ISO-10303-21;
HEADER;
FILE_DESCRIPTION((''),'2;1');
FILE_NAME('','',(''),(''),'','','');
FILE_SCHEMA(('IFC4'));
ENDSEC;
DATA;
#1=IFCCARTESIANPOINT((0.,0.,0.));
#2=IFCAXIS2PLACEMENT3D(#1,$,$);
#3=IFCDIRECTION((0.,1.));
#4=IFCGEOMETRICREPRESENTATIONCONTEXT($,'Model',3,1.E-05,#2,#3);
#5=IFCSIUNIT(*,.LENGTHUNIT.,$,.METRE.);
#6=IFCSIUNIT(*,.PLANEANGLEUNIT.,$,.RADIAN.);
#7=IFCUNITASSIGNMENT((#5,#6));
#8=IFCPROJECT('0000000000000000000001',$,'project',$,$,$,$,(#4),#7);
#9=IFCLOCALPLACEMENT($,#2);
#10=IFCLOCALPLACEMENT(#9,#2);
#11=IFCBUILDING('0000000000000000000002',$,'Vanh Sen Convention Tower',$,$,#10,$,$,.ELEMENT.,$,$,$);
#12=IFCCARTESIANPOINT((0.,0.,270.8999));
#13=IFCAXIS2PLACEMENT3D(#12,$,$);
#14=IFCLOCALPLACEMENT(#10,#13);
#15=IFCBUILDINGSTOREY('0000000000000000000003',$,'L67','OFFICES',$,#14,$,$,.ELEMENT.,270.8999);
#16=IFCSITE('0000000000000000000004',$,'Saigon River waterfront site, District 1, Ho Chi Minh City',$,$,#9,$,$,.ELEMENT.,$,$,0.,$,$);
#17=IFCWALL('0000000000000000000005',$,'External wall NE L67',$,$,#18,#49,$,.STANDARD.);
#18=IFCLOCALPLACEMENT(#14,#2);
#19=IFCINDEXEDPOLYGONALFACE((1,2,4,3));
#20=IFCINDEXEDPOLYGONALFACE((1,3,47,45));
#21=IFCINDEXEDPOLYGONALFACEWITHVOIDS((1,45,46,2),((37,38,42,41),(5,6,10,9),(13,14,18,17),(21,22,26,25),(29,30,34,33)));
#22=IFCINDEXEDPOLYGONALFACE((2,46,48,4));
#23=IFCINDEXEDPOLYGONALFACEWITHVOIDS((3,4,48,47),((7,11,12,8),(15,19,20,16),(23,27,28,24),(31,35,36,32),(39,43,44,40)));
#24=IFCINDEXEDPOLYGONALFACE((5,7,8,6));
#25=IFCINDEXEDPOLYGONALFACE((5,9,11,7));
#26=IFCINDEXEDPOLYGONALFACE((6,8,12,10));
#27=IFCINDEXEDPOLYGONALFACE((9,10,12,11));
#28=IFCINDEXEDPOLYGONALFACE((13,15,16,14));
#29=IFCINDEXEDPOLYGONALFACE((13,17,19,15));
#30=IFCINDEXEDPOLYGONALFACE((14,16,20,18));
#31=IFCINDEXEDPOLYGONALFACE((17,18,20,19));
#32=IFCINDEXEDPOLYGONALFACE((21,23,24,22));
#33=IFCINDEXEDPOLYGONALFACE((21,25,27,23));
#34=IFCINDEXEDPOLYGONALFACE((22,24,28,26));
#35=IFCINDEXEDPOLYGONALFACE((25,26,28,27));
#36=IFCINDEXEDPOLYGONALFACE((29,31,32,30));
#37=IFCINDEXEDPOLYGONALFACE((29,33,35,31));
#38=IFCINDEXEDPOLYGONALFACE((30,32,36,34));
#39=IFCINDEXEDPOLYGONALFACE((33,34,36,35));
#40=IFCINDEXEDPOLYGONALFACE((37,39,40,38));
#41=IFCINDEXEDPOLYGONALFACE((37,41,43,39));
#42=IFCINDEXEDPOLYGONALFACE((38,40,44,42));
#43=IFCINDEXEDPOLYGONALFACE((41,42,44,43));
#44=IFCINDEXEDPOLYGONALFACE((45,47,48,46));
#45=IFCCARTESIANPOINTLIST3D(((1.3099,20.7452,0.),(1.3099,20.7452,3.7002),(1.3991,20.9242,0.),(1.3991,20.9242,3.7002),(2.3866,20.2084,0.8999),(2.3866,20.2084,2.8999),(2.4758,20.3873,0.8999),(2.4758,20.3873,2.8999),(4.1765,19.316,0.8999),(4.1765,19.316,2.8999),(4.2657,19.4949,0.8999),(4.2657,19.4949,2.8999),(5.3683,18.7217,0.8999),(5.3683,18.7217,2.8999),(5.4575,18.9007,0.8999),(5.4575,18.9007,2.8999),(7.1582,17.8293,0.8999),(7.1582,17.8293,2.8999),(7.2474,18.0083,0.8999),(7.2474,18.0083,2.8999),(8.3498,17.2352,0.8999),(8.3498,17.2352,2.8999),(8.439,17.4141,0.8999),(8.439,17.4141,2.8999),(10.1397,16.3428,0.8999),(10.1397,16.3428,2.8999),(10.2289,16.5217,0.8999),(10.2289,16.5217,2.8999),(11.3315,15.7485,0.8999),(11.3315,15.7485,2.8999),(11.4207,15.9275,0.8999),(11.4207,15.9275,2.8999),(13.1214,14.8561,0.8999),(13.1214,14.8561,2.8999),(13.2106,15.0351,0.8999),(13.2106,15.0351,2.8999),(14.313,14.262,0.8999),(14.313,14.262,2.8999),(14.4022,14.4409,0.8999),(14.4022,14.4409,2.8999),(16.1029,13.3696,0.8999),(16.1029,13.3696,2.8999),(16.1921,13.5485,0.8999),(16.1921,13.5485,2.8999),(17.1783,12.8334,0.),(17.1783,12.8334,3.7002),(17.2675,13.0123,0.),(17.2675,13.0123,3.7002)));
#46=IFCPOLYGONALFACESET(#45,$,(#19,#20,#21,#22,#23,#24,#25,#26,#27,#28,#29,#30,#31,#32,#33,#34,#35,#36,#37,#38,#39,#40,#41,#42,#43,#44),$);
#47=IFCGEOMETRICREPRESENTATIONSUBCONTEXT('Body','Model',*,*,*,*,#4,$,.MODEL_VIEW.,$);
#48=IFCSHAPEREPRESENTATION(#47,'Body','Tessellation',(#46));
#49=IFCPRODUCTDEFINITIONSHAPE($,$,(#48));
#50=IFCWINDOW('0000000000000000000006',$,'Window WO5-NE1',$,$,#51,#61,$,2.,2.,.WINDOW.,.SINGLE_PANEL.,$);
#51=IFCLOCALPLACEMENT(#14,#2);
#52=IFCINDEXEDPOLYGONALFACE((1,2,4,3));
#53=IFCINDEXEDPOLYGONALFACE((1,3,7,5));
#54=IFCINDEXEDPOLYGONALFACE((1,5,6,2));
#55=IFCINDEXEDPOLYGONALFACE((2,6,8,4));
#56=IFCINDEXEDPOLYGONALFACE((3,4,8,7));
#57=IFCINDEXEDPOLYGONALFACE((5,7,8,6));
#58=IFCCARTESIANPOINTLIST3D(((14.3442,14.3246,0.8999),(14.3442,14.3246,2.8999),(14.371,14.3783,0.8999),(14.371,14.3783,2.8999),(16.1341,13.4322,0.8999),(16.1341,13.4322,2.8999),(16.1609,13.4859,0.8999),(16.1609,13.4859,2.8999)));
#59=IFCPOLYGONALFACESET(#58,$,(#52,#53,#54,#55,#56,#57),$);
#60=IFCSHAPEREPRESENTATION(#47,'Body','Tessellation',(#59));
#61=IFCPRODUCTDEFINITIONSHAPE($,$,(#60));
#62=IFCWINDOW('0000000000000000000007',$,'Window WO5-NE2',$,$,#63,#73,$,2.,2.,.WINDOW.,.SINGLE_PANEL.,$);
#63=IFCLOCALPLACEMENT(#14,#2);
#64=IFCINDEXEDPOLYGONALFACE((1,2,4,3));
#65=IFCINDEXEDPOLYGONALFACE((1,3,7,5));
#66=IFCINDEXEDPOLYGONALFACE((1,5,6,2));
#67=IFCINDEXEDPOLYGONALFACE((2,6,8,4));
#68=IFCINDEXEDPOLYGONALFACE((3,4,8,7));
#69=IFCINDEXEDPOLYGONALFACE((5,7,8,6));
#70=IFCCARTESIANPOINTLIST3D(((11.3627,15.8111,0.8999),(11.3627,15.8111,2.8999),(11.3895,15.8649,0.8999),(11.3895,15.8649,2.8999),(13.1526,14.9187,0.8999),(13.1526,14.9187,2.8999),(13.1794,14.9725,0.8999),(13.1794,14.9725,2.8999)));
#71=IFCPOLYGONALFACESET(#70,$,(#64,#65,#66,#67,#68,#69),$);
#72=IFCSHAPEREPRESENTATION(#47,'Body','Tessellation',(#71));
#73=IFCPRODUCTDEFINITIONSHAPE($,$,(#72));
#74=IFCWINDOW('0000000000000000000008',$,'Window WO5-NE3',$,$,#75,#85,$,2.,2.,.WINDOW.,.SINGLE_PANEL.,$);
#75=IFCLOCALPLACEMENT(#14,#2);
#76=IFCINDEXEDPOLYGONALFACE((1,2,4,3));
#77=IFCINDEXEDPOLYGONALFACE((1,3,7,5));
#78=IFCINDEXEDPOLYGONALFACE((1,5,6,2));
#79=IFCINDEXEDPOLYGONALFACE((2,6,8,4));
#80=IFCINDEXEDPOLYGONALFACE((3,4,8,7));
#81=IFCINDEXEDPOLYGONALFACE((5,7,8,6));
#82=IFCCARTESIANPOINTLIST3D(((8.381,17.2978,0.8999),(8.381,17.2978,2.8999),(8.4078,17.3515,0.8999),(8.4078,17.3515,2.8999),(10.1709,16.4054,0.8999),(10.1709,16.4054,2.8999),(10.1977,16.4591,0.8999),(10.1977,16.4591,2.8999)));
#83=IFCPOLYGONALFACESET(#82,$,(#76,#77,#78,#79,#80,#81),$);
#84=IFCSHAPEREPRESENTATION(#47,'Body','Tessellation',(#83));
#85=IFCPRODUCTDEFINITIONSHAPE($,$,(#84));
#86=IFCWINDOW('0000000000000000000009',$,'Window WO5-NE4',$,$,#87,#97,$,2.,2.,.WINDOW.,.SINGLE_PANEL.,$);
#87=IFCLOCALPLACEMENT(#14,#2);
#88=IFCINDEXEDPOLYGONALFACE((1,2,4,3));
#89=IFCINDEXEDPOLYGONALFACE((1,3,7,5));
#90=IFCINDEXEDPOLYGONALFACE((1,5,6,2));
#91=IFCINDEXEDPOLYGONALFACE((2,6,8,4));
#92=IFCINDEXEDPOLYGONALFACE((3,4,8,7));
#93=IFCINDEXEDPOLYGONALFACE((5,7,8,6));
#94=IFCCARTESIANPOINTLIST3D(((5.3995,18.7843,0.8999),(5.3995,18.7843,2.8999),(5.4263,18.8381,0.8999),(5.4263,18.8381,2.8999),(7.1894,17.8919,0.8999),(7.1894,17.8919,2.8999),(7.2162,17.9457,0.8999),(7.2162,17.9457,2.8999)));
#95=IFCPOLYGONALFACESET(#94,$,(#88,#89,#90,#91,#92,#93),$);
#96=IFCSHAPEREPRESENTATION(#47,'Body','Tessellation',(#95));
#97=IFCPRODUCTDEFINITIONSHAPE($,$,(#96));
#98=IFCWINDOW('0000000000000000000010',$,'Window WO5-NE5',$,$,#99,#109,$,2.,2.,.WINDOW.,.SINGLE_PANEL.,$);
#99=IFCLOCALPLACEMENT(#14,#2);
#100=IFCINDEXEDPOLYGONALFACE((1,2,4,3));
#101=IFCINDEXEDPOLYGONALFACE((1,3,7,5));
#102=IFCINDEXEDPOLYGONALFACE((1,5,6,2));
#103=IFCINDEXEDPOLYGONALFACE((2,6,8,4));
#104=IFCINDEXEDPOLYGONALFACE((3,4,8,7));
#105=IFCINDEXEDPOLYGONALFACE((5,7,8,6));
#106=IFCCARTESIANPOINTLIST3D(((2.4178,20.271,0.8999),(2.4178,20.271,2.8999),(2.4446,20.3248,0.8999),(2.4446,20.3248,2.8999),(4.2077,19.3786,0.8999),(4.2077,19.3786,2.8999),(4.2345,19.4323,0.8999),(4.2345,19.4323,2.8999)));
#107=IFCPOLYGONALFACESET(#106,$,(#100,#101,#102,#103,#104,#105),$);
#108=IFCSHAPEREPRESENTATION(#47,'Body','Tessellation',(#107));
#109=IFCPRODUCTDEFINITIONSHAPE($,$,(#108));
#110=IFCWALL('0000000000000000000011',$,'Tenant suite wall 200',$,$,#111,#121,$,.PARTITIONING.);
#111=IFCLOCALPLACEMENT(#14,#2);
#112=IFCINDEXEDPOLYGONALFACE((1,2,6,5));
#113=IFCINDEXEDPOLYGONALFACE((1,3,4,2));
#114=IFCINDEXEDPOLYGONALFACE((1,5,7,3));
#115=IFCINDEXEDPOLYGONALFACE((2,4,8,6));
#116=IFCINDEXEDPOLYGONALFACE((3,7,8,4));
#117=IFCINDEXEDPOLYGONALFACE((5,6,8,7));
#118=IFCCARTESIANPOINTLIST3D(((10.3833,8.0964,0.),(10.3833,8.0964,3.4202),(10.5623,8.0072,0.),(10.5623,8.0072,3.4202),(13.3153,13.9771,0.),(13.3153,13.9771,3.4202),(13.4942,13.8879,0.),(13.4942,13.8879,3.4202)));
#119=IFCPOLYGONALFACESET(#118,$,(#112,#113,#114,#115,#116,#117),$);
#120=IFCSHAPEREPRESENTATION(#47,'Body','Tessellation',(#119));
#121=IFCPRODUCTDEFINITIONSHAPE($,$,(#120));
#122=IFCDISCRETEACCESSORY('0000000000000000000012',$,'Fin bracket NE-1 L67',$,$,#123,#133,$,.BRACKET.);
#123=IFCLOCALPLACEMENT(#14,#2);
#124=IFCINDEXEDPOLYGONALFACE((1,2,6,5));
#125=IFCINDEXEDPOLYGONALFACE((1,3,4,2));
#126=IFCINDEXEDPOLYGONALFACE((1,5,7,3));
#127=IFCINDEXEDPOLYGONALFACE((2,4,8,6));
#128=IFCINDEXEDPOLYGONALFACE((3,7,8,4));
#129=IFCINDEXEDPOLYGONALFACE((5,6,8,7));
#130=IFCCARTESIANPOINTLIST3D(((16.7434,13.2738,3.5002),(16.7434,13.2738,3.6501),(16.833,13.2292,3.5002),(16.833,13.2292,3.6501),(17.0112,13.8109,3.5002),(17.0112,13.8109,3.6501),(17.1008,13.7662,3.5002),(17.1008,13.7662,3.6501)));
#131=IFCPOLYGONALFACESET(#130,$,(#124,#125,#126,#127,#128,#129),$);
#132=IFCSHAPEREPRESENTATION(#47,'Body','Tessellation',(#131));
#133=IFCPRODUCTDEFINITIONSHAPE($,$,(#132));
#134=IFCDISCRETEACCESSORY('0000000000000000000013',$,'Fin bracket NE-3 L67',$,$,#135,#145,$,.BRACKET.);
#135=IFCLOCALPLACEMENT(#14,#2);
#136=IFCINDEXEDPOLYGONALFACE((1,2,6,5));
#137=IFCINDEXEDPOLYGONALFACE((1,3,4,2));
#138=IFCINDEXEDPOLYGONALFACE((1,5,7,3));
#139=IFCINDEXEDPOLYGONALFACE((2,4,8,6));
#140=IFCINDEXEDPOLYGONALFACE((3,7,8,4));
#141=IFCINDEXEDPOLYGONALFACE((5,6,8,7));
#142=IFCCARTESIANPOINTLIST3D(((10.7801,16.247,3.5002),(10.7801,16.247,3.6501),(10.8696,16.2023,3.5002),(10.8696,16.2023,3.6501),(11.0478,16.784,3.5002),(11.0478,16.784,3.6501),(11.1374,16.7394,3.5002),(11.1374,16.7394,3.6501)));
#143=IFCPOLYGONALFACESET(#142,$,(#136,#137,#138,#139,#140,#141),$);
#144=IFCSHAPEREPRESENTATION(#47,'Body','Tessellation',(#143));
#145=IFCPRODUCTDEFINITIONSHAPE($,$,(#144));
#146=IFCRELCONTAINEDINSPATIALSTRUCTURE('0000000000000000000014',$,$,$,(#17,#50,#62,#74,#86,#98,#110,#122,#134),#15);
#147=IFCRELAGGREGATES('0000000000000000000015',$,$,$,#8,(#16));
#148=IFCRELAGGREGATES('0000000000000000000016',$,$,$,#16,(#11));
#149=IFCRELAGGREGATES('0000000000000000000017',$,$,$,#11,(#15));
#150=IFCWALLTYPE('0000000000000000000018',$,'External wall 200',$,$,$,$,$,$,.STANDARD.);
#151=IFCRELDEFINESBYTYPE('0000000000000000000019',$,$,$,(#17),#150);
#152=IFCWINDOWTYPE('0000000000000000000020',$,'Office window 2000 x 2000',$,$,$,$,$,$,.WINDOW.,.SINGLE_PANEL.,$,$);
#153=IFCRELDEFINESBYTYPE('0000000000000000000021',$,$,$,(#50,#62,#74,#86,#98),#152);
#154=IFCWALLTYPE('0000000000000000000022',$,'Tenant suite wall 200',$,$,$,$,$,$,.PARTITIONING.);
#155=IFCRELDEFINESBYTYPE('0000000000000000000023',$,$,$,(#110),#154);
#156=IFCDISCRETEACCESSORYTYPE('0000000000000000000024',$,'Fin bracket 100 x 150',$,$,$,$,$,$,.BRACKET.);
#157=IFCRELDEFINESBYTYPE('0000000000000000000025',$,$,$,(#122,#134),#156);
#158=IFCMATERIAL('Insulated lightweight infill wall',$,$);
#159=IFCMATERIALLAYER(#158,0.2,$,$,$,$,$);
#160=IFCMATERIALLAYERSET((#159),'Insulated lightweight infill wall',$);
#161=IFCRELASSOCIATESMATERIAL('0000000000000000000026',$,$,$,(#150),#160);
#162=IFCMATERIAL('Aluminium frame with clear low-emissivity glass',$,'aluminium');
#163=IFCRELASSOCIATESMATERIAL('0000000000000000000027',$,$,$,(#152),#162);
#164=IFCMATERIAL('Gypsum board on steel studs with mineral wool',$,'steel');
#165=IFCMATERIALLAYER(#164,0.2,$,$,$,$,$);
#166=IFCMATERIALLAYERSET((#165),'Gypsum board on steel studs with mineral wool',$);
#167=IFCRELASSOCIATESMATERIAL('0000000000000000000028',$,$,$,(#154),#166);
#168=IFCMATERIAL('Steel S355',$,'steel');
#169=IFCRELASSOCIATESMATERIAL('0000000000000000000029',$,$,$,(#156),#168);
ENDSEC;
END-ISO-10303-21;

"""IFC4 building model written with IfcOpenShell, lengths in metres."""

from ifc_helpers import new_model, si_unit, direction, frame, frame_2d, origin, origin_2d, place, context, subcontext, project, spatial, rectangle, extrude, material, layer, layer_set, type_object, element, fill, save


model = new_model("IFC4")

# Units and contexts
model_context = context("Model", 3, precision=1e-05, world=origin(), true_north=direction((0.0, 1.0)))
body_context = subcontext(model_context, "Body", "Model", "MODEL_VIEW")
ifc_project = project(units=[si_unit("LENGTHUNIT", "METRE"), si_unit("PLANEANGLEUNIT", "RADIAN")], contexts=[model_context])

# Site, building, storey
site_placement = place(None, origin())
site = spatial("IfcSite", under=ifc_project, at=site_placement, Name="Saigon River waterfront site, District 1, Ho Chi Minh City", CompositionType="ELEMENT", RefElevation=0.0)
building_placement = place(site_placement, origin())
building = spatial("IfcBuilding", under=site, at=building_placement, Name="Vanh Sen Convention Tower", CompositionType="ELEMENT")
storey_placement = place(building_placement, frame((0.0, 0.0, 270.8999)))
storey = spatial("IfcBuildingStorey", under=building, at=storey_placement, Name="L67", Description="OFFICES", CompositionType="ELEMENT", Elevation=270.8999)

# Shared definitions
ifc_material_1 = material(Name="Insulated lightweight infill wall")
ifc_layer_1 = layer(ifc_material_1, 0.2)
ifc_layer_set_1 = layer_set([ifc_layer_1], Name="Insulated lightweight infill wall")
wall_type_1 = type_object("IfcWallType", Name="External wall 200", PredefinedType="STANDARD", material=ifc_layer_set_1)
ifc_material_2 = material(Name="Aluminium frame with clear low-emissivity glass", Category="aluminium")

# Wall, openings, windows
wall_1_placement = place(storey_placement, frame((17.2229, 12.9229, 0.0), z_axis=(0.0, 0.0, 1.0), x_axis=(-0.894931, 0.446205, 0.0)))
wall_1 = element("IfcWall", 1, at=wall_1_placement, inside=storey, type_object=wall_type_1, Name="External wall NE L67", PredefinedType="STANDARD", context=body_context, shape_type="SweptSolid", body=[
    extrude(rectangle(XDim=17.7314, YDim=0.2, at=frame_2d((8.8657, 0.0))), origin(), (0.0, 0.0, 1.0), 3.7002),
])
opening_1_placement = place(wall_1_placement, frame((1.2017, 0.0, 0.8999)))
opening_1 = element("IfcOpeningElement", 2, at=opening_1_placement, cuts=wall_1, PredefinedType="OPENING", context=body_context, shape_type="SweptSolid", body=[
    extrude(rectangle(XDim=2.0, YDim=2.0, at=frame_2d((1.0, 1.0))), frame((0.0, 0.1099, 0.0), z_axis=(0.0, -1.0, 0.0), x_axis=(1.0, 0.0, 0.0)), (0.0, 0.0, 1.0), 0.22),
])
opening_2_placement = place(wall_1_placement, frame((4.5332, 0.0, 0.8999)))
opening_2 = element("IfcOpeningElement", 3, at=opening_2_placement, cuts=wall_1, PredefinedType="OPENING", context=body_context, shape_type="SweptSolid", body=[
    extrude(rectangle(XDim=2.0, YDim=2.0, at=frame_2d((1.0, 1.0))), frame((0.0, 0.1099, 0.0), z_axis=(0.0, -1.0, 0.0), x_axis=(1.0, 0.0, 0.0)), (0.0, 0.0, 1.0), 0.22),
])
opening_3_placement = place(wall_1_placement, frame((7.865, 0.0, 0.8999)))
opening_3 = element("IfcOpeningElement", 4, at=opening_3_placement, cuts=wall_1, PredefinedType="OPENING", context=body_context, shape_type="SweptSolid", body=[
    extrude(rectangle(XDim=2.0, YDim=2.0, at=frame_2d((1.0, 1.0))), frame((0.0, 0.1099, 0.0), z_axis=(0.0, -1.0, 0.0), x_axis=(1.0, 0.0, 0.0)), (0.0, 0.0, 1.0), 0.22),
])
opening_4_placement = place(wall_1_placement, frame((11.1965, 0.0, 0.8999)))
opening_4 = element("IfcOpeningElement", 5, at=opening_4_placement, cuts=wall_1, PredefinedType="OPENING", context=body_context, shape_type="SweptSolid", body=[
    extrude(rectangle(XDim=2.0, YDim=2.0, at=frame_2d((1.0, 1.0))), frame((0.0, 0.1099, 0.0), z_axis=(0.0, -1.0, 0.0), x_axis=(1.0, 0.0, 0.0)), (0.0, 0.0, 1.0), 0.22),
])
opening_5_placement = place(wall_1_placement, frame((14.5283, 0.0, 0.8999)))
opening_5 = element("IfcOpeningElement", 6, at=opening_5_placement, cuts=wall_1, PredefinedType="OPENING", context=body_context, shape_type="SweptSolid", body=[
    extrude(rectangle(XDim=2.0, YDim=2.0, at=frame_2d((1.0, 1.0))), frame((0.0, 0.1099, 0.0), z_axis=(0.0, -1.0, 0.0), x_axis=(1.0, 0.0, 0.0)), (0.0, 0.0, 1.0), 0.22),
])
window_type_1 = type_object("IfcWindowType", Name="Office window 2000 x 2000", PartitioningType="SINGLE_PANEL", PredefinedType="WINDOW", material=ifc_material_2)
window_1_placement = place(opening_1_placement, origin())
window_1 = element("IfcWindow", 7, at=window_1_placement, inside=storey, type_object=window_type_1, Name="Window WO5-NE1", OverallHeight=2.0, OverallWidth=2.0, PartitioningType="SINGLE_PANEL", PredefinedType="WINDOW", context=body_context, shape_type="SweptSolid", body=[
    extrude(rectangle(XDim=2.0, YDim=2.0, at=frame_2d((1.0, 1.0))), frame((0.0, 0.03, 0.0), z_axis=(0.0, -1.0, 0.0), x_axis=(1.0, 0.0, 0.0)), (0.0, 0.0, 1.0), 0.0601),
])
fill(opening_1, window_1)
window_2_placement = place(opening_2_placement, origin())
window_2 = element("IfcWindow", 8, at=window_2_placement, inside=storey, type_object=window_type_1, Name="Window WO5-NE2", OverallHeight=2.0, OverallWidth=2.0, PartitioningType="SINGLE_PANEL", PredefinedType="WINDOW", context=body_context, shape_type="SweptSolid", body=[
    extrude(rectangle(XDim=2.0, YDim=2.0, at=frame_2d((1.0, 1.0))), frame((0.0, 0.03, 0.0), z_axis=(0.0, -1.0, 0.0), x_axis=(1.0, 0.0, 0.0)), (0.0, 0.0, 1.0), 0.0601),
])
fill(opening_2, window_2)
window_3_placement = place(opening_3_placement, origin())
window_3 = element("IfcWindow", 9, at=window_3_placement, inside=storey, type_object=window_type_1, Name="Window WO5-NE3", OverallHeight=2.0, OverallWidth=2.0, PartitioningType="SINGLE_PANEL", PredefinedType="WINDOW", context=body_context, shape_type="SweptSolid", body=[
    extrude(rectangle(XDim=2.0, YDim=2.0, at=frame_2d((1.0, 1.0))), frame((0.0, 0.03, 0.0), z_axis=(0.0, -1.0, 0.0), x_axis=(1.0, 0.0, 0.0)), (0.0, 0.0, 1.0), 0.0601),
])
fill(opening_3, window_3)
window_4_placement = place(opening_4_placement, origin())
window_4 = element("IfcWindow", 10, at=window_4_placement, inside=storey, type_object=window_type_1, Name="Window WO5-NE4", OverallHeight=2.0, OverallWidth=2.0, PartitioningType="SINGLE_PANEL", PredefinedType="WINDOW", context=body_context, shape_type="SweptSolid", body=[
    extrude(rectangle(XDim=2.0, YDim=2.0, at=frame_2d((1.0, 1.0))), frame((0.0, 0.03, 0.0), z_axis=(0.0, -1.0, 0.0), x_axis=(1.0, 0.0, 0.0)), (0.0, 0.0, 1.0), 0.0601),
])
fill(opening_4, window_4)
window_5_placement = place(opening_5_placement, origin())
window_5 = element("IfcWindow", 11, at=window_5_placement, inside=storey, type_object=window_type_1, Name="Window WO5-NE5", OverallHeight=2.0, OverallWidth=2.0, PartitioningType="SINGLE_PANEL", PredefinedType="WINDOW", context=body_context, shape_type="SweptSolid", body=[
    extrude(rectangle(XDim=2.0, YDim=2.0, at=frame_2d((1.0, 1.0))), frame((0.0, 0.03, 0.0), z_axis=(0.0, -1.0, 0.0), x_axis=(1.0, 0.0, 0.0)), (0.0, 0.0, 1.0), 0.0601),
])
fill(opening_5, window_5)

# Wall
ifc_material_3 = material(Name="Gypsum board on steel studs with mineral wool", Category="steel")
ifc_layer_2 = layer(ifc_material_3, 0.2)
ifc_layer_set_2 = layer_set([ifc_layer_2], Name="Gypsum board on steel studs with mineral wool")
wall_type_2 = type_object("IfcWallType", Name="Tenant suite wall 200", PredefinedType="PARTITIONING", material=ifc_layer_set_2)
wall_2_placement = place(storey_placement, frame((13.4048, 13.9326, 0.0), z_axis=(0.0, 0.0, 1.0), x_axis=(-0.446188, -0.894939, 0.0)))
element("IfcWall", 12, at=wall_2_placement, inside=storey, type_object=wall_type_2, Name="Tenant suite wall 200", PredefinedType="PARTITIONING", context=body_context, shape_type="SweptSolid", body=[
    extrude(rectangle(XDim=6.571, YDim=0.2, at=frame_2d((3.2856, 0.0))), origin(), (0.0, 0.0, 1.0), 3.4202),
])

# Discrete accessories
ifc_material_4 = material(Name="Steel S355", Category="steel")
discrete_accessory_type = type_object("IfcDiscreteAccessoryType", Name="Fin bracket 100 x 150", PredefinedType="BRACKET", material=ifc_material_4)
for number, where, z_axis, x_axis, name in (
    (13, (16.9221, 13.52, 3.5002), (0.0, 0.0, 1.0), (0.446198, 0.894934, 0.0), "Fin bracket NE-1 L67"),
    (14, (10.9587, 16.4932, 3.5002), (0.0, 0.0, 1.0), (0.446198, 0.894934, 0.0), "Fin bracket NE-3 L67"),
):
    element("IfcDiscreteAccessory", number, at=place(storey_placement, frame(where, z_axis=z_axis, x_axis=x_axis)), inside=storey, type_object=discrete_accessory_type, Name=name, PredefinedType="BRACKET", context=body_context, shape_type="SweptSolid", body=[
        extrude(rectangle(XDim=0.6001, YDim=0.1001, at=origin_2d()), origin(), (0.0, 0.0, 1.0), 0.1499),
    ])

save(model, "model.ifc")
